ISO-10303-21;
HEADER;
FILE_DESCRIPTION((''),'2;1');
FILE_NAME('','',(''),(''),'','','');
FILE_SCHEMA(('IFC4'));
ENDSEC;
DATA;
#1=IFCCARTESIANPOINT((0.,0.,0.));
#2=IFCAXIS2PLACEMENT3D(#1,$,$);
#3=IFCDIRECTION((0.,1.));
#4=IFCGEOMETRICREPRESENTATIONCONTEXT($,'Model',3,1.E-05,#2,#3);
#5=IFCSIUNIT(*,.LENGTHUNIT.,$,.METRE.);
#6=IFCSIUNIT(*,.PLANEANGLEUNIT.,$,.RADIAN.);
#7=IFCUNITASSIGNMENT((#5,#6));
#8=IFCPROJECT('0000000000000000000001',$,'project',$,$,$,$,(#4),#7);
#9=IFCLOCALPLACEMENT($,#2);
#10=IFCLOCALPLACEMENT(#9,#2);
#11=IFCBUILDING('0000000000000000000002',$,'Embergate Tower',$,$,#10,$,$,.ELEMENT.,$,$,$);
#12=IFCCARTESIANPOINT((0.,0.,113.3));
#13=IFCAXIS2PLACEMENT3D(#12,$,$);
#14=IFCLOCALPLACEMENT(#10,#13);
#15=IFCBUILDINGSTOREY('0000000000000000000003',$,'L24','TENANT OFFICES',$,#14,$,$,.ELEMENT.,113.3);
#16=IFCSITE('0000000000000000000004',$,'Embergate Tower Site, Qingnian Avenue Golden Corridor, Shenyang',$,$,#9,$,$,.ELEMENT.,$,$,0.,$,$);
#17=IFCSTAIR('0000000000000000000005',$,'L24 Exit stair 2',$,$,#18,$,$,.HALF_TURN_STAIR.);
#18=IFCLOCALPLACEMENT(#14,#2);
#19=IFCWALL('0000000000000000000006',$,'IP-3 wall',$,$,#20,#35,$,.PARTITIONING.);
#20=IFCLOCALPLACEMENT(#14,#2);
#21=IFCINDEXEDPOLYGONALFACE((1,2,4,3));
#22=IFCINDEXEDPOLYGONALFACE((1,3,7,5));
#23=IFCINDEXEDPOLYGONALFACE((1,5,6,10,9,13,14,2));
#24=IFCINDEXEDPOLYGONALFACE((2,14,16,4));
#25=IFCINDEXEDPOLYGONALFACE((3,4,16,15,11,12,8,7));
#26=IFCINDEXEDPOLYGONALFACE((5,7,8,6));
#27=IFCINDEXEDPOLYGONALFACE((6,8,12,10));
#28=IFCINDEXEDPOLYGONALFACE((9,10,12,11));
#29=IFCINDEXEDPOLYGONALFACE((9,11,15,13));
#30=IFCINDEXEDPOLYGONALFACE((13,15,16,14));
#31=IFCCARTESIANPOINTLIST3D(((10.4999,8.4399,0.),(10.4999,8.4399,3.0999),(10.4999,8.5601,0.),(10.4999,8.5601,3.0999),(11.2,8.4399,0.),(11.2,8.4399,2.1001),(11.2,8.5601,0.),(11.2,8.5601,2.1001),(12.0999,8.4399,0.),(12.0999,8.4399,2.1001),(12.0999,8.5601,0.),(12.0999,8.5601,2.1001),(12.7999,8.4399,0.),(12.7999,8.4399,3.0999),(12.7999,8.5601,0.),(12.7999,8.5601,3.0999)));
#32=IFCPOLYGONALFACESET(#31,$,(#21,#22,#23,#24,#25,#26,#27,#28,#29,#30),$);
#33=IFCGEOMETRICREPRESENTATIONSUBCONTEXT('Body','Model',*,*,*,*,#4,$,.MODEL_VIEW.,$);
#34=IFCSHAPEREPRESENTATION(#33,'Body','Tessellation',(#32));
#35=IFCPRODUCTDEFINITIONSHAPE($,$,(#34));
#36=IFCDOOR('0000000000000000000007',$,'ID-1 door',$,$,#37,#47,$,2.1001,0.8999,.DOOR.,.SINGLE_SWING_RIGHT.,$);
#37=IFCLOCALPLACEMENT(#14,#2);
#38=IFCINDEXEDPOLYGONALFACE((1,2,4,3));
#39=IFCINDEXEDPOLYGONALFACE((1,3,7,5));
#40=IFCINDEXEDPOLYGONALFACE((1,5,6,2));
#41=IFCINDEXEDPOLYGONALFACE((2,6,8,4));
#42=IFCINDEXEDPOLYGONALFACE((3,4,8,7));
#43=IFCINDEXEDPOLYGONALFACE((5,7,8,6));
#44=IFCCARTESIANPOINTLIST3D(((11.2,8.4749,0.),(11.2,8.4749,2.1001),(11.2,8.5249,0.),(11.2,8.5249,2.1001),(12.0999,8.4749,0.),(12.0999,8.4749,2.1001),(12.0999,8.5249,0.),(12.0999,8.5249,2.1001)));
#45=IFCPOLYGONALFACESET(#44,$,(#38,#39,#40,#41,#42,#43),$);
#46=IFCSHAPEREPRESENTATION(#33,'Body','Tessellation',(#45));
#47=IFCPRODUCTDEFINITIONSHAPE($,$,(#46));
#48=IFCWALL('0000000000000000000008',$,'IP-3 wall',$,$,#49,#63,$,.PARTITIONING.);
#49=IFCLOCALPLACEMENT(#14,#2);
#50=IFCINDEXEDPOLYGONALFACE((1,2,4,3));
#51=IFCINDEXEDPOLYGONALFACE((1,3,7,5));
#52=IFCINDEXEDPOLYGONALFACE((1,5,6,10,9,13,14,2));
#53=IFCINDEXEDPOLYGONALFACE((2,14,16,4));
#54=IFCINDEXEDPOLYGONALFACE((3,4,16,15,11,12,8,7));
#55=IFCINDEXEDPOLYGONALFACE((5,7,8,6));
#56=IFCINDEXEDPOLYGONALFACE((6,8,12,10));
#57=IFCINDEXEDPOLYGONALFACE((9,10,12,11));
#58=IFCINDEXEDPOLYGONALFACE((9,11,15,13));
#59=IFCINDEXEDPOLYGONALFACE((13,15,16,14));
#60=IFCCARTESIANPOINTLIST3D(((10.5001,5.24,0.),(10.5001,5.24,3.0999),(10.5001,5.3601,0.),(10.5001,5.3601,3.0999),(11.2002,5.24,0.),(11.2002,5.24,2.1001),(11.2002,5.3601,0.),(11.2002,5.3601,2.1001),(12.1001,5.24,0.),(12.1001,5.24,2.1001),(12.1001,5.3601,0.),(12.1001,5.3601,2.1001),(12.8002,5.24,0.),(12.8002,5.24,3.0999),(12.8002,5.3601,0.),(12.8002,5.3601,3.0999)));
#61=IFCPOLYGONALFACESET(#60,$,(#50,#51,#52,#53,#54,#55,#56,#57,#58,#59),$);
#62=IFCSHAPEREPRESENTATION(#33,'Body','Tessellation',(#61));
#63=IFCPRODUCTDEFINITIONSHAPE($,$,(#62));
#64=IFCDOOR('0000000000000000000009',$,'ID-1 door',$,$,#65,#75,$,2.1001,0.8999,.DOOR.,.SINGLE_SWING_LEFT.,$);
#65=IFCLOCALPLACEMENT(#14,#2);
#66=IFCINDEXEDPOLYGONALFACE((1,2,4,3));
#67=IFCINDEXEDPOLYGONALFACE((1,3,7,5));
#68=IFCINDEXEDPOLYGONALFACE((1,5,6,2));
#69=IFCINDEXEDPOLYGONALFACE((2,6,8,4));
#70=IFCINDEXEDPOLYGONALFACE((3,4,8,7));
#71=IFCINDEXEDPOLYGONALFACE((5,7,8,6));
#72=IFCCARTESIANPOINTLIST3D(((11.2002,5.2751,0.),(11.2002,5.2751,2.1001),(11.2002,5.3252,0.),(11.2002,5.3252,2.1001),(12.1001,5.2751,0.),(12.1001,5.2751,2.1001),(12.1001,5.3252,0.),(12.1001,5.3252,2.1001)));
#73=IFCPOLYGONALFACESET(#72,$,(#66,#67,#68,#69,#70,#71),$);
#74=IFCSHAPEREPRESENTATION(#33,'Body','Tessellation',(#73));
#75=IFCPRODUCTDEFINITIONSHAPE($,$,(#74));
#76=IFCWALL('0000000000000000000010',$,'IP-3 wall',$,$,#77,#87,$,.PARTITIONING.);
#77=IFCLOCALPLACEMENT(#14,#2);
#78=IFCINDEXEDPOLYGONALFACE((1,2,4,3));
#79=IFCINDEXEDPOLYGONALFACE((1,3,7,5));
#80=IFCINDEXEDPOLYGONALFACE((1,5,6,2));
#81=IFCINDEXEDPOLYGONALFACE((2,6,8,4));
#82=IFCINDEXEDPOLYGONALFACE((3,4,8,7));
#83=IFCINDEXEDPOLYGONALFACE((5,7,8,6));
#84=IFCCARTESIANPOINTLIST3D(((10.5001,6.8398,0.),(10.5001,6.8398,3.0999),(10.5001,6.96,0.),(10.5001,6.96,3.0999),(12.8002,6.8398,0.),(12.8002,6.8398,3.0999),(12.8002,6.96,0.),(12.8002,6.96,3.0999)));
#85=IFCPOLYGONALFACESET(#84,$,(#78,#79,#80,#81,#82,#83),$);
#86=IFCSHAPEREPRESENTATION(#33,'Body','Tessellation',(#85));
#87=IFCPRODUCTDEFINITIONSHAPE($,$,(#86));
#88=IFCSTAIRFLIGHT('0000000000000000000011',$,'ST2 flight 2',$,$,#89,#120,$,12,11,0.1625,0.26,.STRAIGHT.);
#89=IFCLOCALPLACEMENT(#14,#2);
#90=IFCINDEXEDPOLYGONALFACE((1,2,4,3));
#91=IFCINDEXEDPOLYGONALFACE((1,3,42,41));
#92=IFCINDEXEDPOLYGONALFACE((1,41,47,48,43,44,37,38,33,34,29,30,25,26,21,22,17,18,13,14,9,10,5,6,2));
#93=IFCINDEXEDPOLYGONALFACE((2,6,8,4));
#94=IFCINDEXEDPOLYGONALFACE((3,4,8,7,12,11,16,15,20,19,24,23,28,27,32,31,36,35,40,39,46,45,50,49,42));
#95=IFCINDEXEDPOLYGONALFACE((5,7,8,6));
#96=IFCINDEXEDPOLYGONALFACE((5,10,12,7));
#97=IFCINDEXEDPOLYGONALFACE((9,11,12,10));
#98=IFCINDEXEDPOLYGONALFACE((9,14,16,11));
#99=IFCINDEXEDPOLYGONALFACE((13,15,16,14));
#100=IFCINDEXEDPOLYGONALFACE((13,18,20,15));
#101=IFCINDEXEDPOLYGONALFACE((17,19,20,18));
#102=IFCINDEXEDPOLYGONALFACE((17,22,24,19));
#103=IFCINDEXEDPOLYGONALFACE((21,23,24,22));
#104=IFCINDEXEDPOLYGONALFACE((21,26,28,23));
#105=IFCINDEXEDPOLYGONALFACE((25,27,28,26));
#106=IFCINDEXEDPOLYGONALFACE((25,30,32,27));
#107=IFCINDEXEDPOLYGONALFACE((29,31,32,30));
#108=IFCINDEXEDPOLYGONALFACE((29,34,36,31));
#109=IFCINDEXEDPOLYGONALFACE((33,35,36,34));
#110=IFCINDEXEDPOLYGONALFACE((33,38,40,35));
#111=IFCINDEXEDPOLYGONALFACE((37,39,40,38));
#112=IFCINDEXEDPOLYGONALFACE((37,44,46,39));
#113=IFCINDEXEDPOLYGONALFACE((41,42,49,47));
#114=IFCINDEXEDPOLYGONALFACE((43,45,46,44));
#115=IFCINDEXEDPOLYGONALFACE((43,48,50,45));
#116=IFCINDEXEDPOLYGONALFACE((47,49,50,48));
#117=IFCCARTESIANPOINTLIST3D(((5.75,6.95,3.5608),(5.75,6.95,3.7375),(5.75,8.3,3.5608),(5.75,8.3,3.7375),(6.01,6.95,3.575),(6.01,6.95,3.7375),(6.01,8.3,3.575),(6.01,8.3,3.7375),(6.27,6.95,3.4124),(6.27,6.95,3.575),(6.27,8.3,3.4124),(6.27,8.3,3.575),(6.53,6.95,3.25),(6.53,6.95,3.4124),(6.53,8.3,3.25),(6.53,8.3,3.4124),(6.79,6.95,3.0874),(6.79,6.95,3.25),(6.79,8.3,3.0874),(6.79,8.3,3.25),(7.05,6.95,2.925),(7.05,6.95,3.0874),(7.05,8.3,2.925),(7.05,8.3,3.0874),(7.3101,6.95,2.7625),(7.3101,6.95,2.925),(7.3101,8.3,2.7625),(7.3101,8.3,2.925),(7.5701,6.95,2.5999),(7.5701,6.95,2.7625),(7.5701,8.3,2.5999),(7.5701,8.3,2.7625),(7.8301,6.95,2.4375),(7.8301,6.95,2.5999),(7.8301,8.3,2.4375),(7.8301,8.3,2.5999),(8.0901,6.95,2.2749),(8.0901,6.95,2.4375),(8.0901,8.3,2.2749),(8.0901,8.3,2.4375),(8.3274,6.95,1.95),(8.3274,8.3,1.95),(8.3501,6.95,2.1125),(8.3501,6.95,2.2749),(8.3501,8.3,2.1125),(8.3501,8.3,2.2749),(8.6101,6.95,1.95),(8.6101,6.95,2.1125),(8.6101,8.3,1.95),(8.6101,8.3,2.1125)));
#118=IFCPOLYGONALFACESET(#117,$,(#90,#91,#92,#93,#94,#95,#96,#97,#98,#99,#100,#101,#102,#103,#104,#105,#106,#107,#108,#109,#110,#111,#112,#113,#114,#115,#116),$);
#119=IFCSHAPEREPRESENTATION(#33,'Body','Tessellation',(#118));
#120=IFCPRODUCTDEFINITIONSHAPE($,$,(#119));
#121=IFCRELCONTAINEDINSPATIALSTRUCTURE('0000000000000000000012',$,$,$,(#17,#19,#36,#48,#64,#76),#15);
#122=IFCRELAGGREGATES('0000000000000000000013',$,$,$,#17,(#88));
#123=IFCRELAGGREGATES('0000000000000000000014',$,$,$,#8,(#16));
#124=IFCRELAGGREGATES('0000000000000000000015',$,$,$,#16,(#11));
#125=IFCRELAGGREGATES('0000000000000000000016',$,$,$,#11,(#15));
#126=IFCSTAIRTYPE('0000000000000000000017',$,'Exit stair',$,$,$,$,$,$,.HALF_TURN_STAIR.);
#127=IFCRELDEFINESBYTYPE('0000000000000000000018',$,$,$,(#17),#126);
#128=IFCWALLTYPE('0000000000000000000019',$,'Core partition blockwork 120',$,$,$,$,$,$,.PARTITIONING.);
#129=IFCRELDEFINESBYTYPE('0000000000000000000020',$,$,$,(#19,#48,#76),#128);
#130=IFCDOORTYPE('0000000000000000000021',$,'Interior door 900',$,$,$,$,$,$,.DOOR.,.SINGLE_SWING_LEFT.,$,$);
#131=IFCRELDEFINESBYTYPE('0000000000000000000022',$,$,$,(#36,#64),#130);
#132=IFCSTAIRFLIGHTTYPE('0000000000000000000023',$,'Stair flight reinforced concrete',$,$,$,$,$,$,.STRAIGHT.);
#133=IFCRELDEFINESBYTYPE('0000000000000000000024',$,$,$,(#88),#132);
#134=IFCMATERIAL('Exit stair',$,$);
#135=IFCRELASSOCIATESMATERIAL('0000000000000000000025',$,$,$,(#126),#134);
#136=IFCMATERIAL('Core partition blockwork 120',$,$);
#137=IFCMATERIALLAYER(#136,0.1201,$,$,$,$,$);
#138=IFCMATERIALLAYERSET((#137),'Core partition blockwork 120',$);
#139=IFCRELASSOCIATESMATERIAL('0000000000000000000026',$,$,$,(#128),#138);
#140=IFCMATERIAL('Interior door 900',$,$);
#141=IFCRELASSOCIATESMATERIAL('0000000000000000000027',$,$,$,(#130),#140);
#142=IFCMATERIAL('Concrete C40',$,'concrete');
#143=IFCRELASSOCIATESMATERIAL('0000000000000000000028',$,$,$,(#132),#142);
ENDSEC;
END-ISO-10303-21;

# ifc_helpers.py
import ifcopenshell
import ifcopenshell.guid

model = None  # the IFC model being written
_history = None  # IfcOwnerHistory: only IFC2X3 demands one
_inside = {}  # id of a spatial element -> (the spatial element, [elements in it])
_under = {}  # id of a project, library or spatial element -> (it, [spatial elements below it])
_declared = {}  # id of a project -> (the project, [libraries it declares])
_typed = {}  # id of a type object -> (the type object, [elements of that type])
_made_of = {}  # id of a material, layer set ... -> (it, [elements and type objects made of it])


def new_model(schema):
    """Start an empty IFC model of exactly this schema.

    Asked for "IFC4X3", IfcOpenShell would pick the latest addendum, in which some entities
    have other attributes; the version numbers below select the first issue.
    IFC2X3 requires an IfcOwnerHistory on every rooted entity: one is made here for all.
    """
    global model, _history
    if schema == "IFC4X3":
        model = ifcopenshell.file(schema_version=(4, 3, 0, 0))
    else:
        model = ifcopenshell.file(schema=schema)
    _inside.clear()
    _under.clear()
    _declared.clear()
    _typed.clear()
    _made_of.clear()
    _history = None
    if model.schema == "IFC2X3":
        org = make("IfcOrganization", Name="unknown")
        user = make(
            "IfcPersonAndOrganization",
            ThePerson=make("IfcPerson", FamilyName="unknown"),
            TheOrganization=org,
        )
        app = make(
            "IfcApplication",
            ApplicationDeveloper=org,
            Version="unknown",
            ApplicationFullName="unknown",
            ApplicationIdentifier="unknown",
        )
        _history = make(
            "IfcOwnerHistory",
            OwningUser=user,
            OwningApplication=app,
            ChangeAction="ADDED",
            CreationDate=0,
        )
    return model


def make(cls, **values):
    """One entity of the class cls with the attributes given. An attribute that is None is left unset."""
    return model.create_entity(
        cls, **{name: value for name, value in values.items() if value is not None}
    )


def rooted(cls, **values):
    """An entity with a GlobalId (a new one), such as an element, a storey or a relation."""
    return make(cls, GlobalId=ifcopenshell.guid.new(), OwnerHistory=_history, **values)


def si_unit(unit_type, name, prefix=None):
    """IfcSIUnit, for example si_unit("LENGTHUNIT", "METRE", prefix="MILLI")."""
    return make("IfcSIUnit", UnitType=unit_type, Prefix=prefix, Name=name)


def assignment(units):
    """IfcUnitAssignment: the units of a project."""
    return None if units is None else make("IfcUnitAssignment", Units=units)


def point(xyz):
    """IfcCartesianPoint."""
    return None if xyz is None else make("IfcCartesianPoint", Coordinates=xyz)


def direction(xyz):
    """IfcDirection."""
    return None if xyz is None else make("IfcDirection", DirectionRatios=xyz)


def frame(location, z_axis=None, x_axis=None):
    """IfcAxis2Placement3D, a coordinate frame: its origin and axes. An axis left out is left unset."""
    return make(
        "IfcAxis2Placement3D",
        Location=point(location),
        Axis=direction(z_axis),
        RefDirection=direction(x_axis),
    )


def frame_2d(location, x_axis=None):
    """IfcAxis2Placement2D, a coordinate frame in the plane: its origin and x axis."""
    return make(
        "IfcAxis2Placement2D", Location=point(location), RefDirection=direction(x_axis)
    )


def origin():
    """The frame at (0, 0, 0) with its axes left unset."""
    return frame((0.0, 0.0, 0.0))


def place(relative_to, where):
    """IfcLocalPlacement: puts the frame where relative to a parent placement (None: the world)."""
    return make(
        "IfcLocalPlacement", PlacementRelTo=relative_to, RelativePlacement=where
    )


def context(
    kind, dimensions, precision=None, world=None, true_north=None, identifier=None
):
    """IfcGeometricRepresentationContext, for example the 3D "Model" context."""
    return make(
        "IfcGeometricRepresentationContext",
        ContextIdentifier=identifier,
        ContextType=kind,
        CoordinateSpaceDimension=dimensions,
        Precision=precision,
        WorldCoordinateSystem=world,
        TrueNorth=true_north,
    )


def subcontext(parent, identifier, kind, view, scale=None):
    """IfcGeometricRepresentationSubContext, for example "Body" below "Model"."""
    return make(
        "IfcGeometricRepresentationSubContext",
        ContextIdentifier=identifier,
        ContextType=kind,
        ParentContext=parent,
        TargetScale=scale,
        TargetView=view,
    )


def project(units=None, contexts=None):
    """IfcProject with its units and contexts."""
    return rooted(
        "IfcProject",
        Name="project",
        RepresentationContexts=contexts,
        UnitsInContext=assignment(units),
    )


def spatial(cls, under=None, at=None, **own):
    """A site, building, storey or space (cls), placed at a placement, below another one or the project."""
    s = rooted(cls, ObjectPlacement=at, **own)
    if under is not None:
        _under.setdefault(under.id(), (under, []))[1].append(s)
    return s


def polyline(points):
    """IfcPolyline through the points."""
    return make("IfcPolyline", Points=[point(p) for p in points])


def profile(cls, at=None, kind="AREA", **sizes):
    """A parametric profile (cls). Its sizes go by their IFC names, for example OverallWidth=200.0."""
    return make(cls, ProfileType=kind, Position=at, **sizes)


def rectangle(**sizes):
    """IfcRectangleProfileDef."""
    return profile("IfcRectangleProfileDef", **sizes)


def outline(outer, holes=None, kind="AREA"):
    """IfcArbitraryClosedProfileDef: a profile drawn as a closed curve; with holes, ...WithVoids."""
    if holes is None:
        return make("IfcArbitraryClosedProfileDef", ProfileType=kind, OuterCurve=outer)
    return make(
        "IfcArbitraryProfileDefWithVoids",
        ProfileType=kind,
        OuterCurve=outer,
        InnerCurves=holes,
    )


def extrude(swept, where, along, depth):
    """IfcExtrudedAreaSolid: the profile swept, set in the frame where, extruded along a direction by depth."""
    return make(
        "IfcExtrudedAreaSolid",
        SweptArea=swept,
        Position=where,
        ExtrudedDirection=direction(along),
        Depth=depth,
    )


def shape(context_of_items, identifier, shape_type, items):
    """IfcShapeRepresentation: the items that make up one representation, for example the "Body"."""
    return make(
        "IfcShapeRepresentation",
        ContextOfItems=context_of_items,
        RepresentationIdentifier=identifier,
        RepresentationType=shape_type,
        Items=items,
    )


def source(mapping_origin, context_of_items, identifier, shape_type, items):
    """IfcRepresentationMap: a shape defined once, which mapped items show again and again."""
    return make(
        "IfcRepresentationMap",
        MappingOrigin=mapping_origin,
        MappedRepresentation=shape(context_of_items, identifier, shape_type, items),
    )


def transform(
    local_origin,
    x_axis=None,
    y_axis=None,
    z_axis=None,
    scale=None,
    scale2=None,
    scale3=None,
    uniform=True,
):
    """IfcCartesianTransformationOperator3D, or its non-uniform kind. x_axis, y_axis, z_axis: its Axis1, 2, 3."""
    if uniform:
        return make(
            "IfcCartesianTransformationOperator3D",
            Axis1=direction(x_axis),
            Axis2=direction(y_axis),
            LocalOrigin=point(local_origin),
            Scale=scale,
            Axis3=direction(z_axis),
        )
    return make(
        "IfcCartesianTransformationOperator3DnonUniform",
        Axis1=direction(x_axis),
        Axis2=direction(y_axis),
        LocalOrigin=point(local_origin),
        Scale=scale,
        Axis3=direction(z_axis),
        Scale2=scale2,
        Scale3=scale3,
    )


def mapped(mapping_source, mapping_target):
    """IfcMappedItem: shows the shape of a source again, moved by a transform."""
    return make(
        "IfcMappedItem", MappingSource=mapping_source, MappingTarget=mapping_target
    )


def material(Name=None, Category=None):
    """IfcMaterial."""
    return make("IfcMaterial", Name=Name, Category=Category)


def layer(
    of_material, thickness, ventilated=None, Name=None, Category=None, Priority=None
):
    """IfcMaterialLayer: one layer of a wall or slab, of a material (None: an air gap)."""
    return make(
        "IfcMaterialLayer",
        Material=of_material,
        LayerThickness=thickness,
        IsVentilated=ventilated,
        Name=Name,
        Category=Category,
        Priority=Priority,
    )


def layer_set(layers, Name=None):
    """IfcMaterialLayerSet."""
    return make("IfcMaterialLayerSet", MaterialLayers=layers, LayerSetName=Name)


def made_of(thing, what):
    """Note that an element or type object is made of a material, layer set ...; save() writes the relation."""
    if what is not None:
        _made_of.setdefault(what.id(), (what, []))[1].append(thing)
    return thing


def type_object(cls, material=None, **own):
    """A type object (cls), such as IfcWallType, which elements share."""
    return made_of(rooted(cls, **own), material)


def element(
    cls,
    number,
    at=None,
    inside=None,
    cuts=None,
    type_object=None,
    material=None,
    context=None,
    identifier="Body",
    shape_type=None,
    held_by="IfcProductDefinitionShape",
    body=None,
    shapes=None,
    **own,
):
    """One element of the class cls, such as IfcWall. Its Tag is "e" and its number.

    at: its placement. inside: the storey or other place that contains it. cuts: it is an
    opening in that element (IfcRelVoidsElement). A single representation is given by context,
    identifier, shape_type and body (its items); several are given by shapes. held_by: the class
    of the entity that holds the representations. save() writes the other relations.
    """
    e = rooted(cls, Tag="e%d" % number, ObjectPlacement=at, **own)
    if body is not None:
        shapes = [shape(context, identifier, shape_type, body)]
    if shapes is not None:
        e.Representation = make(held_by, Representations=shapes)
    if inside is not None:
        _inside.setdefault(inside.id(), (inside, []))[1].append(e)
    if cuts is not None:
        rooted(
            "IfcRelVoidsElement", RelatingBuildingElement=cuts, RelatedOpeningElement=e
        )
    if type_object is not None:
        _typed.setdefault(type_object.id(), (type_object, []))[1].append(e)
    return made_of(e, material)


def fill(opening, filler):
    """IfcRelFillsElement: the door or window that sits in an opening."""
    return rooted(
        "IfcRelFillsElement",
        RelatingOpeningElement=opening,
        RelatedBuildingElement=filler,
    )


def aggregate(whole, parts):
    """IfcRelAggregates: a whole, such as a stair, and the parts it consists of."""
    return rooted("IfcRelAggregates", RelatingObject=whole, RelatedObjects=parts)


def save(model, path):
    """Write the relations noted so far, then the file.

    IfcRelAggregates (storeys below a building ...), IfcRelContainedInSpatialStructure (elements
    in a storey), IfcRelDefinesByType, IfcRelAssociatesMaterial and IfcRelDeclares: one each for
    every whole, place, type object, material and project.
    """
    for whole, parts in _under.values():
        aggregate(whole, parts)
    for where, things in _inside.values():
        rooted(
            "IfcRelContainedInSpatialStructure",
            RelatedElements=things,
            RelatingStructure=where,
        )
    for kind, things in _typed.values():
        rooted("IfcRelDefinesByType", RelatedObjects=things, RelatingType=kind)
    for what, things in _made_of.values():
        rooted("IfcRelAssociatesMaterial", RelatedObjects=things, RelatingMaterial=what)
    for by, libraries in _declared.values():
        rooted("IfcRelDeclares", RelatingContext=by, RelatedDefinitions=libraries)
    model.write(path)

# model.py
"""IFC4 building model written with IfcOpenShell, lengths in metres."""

from ifc_helpers import new_model, si_unit, direction, frame, frame_2d, origin, place, context, subcontext, project, spatial, polyline, rectangle, outline, extrude, source, transform, mapped, material, layer, layer_set, type_object, element, fill, aggregate, save


model = new_model("IFC4")

# Units and contexts
model_context = context("Model", 3, precision=1e-05, world=origin(), true_north=direction((0.0, 1.0)))
body_context = subcontext(model_context, "Body", "Model", "MODEL_VIEW")
ifc_project = project(units=[si_unit("LENGTHUNIT", "METRE"), si_unit("PLANEANGLEUNIT", "RADIAN")], contexts=[model_context])

# Site, building, storey
site_placement = place(None, origin())
site = spatial("IfcSite", under=ifc_project, at=site_placement, Name="Embergate Tower Site, Qingnian Avenue Golden Corridor, Shenyang", CompositionType="ELEMENT", RefElevation=0.0)
building_placement = place(site_placement, origin())
building = spatial("IfcBuilding", under=site, at=building_placement, Name="Embergate Tower", CompositionType="ELEMENT")
storey_placement = place(building_placement, frame((0.0, 0.0, 113.3)))
storey = spatial("IfcBuildingStorey", under=building, at=storey_placement, Name="L24", Description="TENANT OFFICES", CompositionType="ELEMENT", Elevation=113.3)

# Stair
ifc_material_1 = material(Name="Exit stair")
stair_type = type_object("IfcStairType", Name="Exit stair", PredefinedType="HALF_TURN_STAIR", material=ifc_material_1)
stair_placement = place(storey_placement, origin())
stair = element("IfcStair", 1, at=stair_placement, inside=storey, type_object=stair_type, Name="L24 Exit stair 2", PredefinedType="HALF_TURN_STAIR")
ifc_material_2 = material(Name="Concrete C40", Category="concrete")

# Shared definitions
ifc_material_3 = material(Name="Core partition blockwork 120")
ifc_layer_1 = layer(ifc_material_3, 0.1201)
ifc_layer_set_1 = layer_set([ifc_layer_1], Name="Core partition blockwork 120")
wall_type_1 = type_object("IfcWallType", Name="Core partition blockwork 120", PredefinedType="PARTITIONING", material=ifc_layer_set_1)
shared_shape_1 = source(origin(), body_context, "Body", "SweptSolid", [
    extrude(rectangle(XDim=0.8999, YDim=2.1001, at=frame_2d((0.45, 1.05))), frame((0.0, 0.0701, 0.0), z_axis=(0.0, -1.0, 0.0), x_axis=(1.0, 0.0, 0.0)), (0.0, 0.0, 1.0), 0.1401),
])
ifc_material_4 = material(Name="Interior door 900")
door_type_1 = type_object("IfcDoorType", Name="Interior door 900", OperationType="SINGLE_SWING_LEFT", PredefinedType="DOOR", material=ifc_material_4)
shared_shape_2 = source(origin(), body_context, "Body", "SweptSolid", [
    extrude(rectangle(XDim=0.8999, YDim=2.1001, at=frame_2d((0.45, 1.05))), frame((0.0, 0.0249, 0.0), z_axis=(0.0, -1.0, 0.0), x_axis=(1.0, 0.0, 0.0)), (0.0, 0.0, 1.0), 0.05),
])

# Walls, openings, doors
shared_shape_3 = source(origin(), body_context, "Body", "SweptSolid", [
    extrude(rectangle(XDim=2.3, YDim=0.1201, at=frame_2d((1.1499, 0.0))), origin(), (0.0, 0.0, 1.0), 3.0999),
])
wall_1_placement = place(storey_placement, frame((10.5, 8.5, 0.0), z_axis=(0.0, 0.0, 1.0), x_axis=(1.0, 0.0, 0.0)))
wall_1 = element("IfcWall", 2, at=wall_1_placement, inside=storey, type_object=wall_type_1, Name="IP-3 wall", PredefinedType="PARTITIONING", context=body_context, shape_type="MappedRepresentation", body=[
    mapped(shared_shape_3, transform((0.0, 0.0, 0.0))),
])
opening_1_placement = place(wall_1_placement, frame((0.7, 0.0, 0.0)))
opening_1 = element("IfcOpeningElement", 3, at=opening_1_placement, cuts=wall_1, PredefinedType="OPENING", context=body_context, shape_type="MappedRepresentation", body=[
    mapped(shared_shape_1, transform((0.0, 0.0, 0.0))),
])
door_1_placement = place(opening_1_placement, origin())
door_1 = element("IfcDoor", 4, at=door_1_placement, inside=storey, type_object=door_type_1, Name="ID-1 door", OperationType="SINGLE_SWING_RIGHT", OverallHeight=2.1001, OverallWidth=0.8999, PredefinedType="DOOR", context=body_context, shape_type="MappedRepresentation", body=[
    mapped(shared_shape_2, transform((0.0, 0.0, 0.0))),
])
fill(opening_1, door_1)
wall_2_placement = place(storey_placement, frame((12.8, 5.3, 0.0), z_axis=(0.0, 0.0, 1.0), x_axis=(-1.0, 0.0, 0.0)))
wall_2 = element("IfcWall", 5, at=wall_2_placement, inside=storey, type_object=wall_type_1, Name="IP-3 wall", PredefinedType="PARTITIONING", context=body_context, shape_type="MappedRepresentation", body=[
    mapped(shared_shape_3, transform((0.0, 0.0, 0.0))),
])
opening_2_placement = place(wall_2_placement, frame((0.7, 0.0, 0.0)))
opening_2 = element("IfcOpeningElement", 6, at=opening_2_placement, cuts=wall_2, PredefinedType="OPENING", context=body_context, shape_type="MappedRepresentation", body=[
    mapped(shared_shape_1, transform((0.0, 0.0, 0.0))),
])
door_2_placement = place(opening_2_placement, origin())
door_2 = element("IfcDoor", 7, at=door_2_placement, inside=storey, type_object=door_type_1, Name="ID-1 door", OperationType="SINGLE_SWING_LEFT", OverallHeight=2.1001, OverallWidth=0.8999, PredefinedType="DOOR", context=body_context, shape_type="MappedRepresentation", body=[
    mapped(shared_shape_2, transform((0.0, 0.0, 0.0))),
])
fill(opening_2, door_2)

# Wall
wall_3_placement = place(storey_placement, frame((12.8, 6.8999, 0.0), z_axis=(0.0, 0.0, 1.0), x_axis=(-1.0, 0.0, 0.0)))
element("IfcWall", 8, at=wall_3_placement, inside=storey, type_object=wall_type_1, Name="IP-3 wall", PredefinedType="PARTITIONING", context=body_context, shape_type="MappedRepresentation", body=[
    mapped(shared_shape_3, transform((0.0, 0.0, 0.0))),
])

# Stair flight
stair_flight_type = type_object("IfcStairFlightType", Name="Stair flight reinforced concrete", PredefinedType="STRAIGHT", material=ifc_material_2)
shared_shape_4 = source(origin(), body_context, "Body", "SweptSolid", [
    extrude(outline(polyline([(0.0, 0.0), (0.0, 0.1626), (0.26, 0.1626), (0.26, 0.325), (0.52, 0.325), (0.52, 0.4875), (0.78, 0.4875), (0.78, 0.6499), (1.04, 0.6499), (1.04, 0.8125), (1.3, 0.8125), (1.3, 0.9751), (1.5601, 0.9751), (1.5601, 1.1375), (1.8201, 1.1375), (1.8201, 1.3), (2.0801, 1.3), (2.0801, 1.4624), (2.3401, 1.4624), (2.3401, 1.625), (2.6001, 1.625), (2.6001, 1.7876), (2.8601, 1.7876), (2.8601, 1.95), (2.8601, 1.6108), (0.2827, 0.0), (0.0, 0.0)])), frame((0.0, 0.675, 0.0), z_axis=(0.0, -1.0, 0.0), x_axis=(1.0, 0.0, 0.0)), (0.0, 0.0, 1.0), 1.3501),
])
stair_flight_placement = place(storey_placement, frame((8.6101, 7.625, 1.95), z_axis=(0.0, 0.0, 1.0), x_axis=(-1.0, 0.0, 0.0)))
stair_flight = element("IfcStairFlight", 9, at=stair_flight_placement, type_object=stair_flight_type, Name="ST2 flight 2", NumberOfRisers=12, NumberOfTreads=11, PredefinedType="STRAIGHT", RiserHeight=0.1625, TreadLength=0.26, context=body_context, shape_type="MappedRepresentation", body=[
    mapped(shared_shape_4, transform((0.0, 0.0, 0.0))),
])
aggregate(stair, [stair_flight])

save(model, "model.ifc")
